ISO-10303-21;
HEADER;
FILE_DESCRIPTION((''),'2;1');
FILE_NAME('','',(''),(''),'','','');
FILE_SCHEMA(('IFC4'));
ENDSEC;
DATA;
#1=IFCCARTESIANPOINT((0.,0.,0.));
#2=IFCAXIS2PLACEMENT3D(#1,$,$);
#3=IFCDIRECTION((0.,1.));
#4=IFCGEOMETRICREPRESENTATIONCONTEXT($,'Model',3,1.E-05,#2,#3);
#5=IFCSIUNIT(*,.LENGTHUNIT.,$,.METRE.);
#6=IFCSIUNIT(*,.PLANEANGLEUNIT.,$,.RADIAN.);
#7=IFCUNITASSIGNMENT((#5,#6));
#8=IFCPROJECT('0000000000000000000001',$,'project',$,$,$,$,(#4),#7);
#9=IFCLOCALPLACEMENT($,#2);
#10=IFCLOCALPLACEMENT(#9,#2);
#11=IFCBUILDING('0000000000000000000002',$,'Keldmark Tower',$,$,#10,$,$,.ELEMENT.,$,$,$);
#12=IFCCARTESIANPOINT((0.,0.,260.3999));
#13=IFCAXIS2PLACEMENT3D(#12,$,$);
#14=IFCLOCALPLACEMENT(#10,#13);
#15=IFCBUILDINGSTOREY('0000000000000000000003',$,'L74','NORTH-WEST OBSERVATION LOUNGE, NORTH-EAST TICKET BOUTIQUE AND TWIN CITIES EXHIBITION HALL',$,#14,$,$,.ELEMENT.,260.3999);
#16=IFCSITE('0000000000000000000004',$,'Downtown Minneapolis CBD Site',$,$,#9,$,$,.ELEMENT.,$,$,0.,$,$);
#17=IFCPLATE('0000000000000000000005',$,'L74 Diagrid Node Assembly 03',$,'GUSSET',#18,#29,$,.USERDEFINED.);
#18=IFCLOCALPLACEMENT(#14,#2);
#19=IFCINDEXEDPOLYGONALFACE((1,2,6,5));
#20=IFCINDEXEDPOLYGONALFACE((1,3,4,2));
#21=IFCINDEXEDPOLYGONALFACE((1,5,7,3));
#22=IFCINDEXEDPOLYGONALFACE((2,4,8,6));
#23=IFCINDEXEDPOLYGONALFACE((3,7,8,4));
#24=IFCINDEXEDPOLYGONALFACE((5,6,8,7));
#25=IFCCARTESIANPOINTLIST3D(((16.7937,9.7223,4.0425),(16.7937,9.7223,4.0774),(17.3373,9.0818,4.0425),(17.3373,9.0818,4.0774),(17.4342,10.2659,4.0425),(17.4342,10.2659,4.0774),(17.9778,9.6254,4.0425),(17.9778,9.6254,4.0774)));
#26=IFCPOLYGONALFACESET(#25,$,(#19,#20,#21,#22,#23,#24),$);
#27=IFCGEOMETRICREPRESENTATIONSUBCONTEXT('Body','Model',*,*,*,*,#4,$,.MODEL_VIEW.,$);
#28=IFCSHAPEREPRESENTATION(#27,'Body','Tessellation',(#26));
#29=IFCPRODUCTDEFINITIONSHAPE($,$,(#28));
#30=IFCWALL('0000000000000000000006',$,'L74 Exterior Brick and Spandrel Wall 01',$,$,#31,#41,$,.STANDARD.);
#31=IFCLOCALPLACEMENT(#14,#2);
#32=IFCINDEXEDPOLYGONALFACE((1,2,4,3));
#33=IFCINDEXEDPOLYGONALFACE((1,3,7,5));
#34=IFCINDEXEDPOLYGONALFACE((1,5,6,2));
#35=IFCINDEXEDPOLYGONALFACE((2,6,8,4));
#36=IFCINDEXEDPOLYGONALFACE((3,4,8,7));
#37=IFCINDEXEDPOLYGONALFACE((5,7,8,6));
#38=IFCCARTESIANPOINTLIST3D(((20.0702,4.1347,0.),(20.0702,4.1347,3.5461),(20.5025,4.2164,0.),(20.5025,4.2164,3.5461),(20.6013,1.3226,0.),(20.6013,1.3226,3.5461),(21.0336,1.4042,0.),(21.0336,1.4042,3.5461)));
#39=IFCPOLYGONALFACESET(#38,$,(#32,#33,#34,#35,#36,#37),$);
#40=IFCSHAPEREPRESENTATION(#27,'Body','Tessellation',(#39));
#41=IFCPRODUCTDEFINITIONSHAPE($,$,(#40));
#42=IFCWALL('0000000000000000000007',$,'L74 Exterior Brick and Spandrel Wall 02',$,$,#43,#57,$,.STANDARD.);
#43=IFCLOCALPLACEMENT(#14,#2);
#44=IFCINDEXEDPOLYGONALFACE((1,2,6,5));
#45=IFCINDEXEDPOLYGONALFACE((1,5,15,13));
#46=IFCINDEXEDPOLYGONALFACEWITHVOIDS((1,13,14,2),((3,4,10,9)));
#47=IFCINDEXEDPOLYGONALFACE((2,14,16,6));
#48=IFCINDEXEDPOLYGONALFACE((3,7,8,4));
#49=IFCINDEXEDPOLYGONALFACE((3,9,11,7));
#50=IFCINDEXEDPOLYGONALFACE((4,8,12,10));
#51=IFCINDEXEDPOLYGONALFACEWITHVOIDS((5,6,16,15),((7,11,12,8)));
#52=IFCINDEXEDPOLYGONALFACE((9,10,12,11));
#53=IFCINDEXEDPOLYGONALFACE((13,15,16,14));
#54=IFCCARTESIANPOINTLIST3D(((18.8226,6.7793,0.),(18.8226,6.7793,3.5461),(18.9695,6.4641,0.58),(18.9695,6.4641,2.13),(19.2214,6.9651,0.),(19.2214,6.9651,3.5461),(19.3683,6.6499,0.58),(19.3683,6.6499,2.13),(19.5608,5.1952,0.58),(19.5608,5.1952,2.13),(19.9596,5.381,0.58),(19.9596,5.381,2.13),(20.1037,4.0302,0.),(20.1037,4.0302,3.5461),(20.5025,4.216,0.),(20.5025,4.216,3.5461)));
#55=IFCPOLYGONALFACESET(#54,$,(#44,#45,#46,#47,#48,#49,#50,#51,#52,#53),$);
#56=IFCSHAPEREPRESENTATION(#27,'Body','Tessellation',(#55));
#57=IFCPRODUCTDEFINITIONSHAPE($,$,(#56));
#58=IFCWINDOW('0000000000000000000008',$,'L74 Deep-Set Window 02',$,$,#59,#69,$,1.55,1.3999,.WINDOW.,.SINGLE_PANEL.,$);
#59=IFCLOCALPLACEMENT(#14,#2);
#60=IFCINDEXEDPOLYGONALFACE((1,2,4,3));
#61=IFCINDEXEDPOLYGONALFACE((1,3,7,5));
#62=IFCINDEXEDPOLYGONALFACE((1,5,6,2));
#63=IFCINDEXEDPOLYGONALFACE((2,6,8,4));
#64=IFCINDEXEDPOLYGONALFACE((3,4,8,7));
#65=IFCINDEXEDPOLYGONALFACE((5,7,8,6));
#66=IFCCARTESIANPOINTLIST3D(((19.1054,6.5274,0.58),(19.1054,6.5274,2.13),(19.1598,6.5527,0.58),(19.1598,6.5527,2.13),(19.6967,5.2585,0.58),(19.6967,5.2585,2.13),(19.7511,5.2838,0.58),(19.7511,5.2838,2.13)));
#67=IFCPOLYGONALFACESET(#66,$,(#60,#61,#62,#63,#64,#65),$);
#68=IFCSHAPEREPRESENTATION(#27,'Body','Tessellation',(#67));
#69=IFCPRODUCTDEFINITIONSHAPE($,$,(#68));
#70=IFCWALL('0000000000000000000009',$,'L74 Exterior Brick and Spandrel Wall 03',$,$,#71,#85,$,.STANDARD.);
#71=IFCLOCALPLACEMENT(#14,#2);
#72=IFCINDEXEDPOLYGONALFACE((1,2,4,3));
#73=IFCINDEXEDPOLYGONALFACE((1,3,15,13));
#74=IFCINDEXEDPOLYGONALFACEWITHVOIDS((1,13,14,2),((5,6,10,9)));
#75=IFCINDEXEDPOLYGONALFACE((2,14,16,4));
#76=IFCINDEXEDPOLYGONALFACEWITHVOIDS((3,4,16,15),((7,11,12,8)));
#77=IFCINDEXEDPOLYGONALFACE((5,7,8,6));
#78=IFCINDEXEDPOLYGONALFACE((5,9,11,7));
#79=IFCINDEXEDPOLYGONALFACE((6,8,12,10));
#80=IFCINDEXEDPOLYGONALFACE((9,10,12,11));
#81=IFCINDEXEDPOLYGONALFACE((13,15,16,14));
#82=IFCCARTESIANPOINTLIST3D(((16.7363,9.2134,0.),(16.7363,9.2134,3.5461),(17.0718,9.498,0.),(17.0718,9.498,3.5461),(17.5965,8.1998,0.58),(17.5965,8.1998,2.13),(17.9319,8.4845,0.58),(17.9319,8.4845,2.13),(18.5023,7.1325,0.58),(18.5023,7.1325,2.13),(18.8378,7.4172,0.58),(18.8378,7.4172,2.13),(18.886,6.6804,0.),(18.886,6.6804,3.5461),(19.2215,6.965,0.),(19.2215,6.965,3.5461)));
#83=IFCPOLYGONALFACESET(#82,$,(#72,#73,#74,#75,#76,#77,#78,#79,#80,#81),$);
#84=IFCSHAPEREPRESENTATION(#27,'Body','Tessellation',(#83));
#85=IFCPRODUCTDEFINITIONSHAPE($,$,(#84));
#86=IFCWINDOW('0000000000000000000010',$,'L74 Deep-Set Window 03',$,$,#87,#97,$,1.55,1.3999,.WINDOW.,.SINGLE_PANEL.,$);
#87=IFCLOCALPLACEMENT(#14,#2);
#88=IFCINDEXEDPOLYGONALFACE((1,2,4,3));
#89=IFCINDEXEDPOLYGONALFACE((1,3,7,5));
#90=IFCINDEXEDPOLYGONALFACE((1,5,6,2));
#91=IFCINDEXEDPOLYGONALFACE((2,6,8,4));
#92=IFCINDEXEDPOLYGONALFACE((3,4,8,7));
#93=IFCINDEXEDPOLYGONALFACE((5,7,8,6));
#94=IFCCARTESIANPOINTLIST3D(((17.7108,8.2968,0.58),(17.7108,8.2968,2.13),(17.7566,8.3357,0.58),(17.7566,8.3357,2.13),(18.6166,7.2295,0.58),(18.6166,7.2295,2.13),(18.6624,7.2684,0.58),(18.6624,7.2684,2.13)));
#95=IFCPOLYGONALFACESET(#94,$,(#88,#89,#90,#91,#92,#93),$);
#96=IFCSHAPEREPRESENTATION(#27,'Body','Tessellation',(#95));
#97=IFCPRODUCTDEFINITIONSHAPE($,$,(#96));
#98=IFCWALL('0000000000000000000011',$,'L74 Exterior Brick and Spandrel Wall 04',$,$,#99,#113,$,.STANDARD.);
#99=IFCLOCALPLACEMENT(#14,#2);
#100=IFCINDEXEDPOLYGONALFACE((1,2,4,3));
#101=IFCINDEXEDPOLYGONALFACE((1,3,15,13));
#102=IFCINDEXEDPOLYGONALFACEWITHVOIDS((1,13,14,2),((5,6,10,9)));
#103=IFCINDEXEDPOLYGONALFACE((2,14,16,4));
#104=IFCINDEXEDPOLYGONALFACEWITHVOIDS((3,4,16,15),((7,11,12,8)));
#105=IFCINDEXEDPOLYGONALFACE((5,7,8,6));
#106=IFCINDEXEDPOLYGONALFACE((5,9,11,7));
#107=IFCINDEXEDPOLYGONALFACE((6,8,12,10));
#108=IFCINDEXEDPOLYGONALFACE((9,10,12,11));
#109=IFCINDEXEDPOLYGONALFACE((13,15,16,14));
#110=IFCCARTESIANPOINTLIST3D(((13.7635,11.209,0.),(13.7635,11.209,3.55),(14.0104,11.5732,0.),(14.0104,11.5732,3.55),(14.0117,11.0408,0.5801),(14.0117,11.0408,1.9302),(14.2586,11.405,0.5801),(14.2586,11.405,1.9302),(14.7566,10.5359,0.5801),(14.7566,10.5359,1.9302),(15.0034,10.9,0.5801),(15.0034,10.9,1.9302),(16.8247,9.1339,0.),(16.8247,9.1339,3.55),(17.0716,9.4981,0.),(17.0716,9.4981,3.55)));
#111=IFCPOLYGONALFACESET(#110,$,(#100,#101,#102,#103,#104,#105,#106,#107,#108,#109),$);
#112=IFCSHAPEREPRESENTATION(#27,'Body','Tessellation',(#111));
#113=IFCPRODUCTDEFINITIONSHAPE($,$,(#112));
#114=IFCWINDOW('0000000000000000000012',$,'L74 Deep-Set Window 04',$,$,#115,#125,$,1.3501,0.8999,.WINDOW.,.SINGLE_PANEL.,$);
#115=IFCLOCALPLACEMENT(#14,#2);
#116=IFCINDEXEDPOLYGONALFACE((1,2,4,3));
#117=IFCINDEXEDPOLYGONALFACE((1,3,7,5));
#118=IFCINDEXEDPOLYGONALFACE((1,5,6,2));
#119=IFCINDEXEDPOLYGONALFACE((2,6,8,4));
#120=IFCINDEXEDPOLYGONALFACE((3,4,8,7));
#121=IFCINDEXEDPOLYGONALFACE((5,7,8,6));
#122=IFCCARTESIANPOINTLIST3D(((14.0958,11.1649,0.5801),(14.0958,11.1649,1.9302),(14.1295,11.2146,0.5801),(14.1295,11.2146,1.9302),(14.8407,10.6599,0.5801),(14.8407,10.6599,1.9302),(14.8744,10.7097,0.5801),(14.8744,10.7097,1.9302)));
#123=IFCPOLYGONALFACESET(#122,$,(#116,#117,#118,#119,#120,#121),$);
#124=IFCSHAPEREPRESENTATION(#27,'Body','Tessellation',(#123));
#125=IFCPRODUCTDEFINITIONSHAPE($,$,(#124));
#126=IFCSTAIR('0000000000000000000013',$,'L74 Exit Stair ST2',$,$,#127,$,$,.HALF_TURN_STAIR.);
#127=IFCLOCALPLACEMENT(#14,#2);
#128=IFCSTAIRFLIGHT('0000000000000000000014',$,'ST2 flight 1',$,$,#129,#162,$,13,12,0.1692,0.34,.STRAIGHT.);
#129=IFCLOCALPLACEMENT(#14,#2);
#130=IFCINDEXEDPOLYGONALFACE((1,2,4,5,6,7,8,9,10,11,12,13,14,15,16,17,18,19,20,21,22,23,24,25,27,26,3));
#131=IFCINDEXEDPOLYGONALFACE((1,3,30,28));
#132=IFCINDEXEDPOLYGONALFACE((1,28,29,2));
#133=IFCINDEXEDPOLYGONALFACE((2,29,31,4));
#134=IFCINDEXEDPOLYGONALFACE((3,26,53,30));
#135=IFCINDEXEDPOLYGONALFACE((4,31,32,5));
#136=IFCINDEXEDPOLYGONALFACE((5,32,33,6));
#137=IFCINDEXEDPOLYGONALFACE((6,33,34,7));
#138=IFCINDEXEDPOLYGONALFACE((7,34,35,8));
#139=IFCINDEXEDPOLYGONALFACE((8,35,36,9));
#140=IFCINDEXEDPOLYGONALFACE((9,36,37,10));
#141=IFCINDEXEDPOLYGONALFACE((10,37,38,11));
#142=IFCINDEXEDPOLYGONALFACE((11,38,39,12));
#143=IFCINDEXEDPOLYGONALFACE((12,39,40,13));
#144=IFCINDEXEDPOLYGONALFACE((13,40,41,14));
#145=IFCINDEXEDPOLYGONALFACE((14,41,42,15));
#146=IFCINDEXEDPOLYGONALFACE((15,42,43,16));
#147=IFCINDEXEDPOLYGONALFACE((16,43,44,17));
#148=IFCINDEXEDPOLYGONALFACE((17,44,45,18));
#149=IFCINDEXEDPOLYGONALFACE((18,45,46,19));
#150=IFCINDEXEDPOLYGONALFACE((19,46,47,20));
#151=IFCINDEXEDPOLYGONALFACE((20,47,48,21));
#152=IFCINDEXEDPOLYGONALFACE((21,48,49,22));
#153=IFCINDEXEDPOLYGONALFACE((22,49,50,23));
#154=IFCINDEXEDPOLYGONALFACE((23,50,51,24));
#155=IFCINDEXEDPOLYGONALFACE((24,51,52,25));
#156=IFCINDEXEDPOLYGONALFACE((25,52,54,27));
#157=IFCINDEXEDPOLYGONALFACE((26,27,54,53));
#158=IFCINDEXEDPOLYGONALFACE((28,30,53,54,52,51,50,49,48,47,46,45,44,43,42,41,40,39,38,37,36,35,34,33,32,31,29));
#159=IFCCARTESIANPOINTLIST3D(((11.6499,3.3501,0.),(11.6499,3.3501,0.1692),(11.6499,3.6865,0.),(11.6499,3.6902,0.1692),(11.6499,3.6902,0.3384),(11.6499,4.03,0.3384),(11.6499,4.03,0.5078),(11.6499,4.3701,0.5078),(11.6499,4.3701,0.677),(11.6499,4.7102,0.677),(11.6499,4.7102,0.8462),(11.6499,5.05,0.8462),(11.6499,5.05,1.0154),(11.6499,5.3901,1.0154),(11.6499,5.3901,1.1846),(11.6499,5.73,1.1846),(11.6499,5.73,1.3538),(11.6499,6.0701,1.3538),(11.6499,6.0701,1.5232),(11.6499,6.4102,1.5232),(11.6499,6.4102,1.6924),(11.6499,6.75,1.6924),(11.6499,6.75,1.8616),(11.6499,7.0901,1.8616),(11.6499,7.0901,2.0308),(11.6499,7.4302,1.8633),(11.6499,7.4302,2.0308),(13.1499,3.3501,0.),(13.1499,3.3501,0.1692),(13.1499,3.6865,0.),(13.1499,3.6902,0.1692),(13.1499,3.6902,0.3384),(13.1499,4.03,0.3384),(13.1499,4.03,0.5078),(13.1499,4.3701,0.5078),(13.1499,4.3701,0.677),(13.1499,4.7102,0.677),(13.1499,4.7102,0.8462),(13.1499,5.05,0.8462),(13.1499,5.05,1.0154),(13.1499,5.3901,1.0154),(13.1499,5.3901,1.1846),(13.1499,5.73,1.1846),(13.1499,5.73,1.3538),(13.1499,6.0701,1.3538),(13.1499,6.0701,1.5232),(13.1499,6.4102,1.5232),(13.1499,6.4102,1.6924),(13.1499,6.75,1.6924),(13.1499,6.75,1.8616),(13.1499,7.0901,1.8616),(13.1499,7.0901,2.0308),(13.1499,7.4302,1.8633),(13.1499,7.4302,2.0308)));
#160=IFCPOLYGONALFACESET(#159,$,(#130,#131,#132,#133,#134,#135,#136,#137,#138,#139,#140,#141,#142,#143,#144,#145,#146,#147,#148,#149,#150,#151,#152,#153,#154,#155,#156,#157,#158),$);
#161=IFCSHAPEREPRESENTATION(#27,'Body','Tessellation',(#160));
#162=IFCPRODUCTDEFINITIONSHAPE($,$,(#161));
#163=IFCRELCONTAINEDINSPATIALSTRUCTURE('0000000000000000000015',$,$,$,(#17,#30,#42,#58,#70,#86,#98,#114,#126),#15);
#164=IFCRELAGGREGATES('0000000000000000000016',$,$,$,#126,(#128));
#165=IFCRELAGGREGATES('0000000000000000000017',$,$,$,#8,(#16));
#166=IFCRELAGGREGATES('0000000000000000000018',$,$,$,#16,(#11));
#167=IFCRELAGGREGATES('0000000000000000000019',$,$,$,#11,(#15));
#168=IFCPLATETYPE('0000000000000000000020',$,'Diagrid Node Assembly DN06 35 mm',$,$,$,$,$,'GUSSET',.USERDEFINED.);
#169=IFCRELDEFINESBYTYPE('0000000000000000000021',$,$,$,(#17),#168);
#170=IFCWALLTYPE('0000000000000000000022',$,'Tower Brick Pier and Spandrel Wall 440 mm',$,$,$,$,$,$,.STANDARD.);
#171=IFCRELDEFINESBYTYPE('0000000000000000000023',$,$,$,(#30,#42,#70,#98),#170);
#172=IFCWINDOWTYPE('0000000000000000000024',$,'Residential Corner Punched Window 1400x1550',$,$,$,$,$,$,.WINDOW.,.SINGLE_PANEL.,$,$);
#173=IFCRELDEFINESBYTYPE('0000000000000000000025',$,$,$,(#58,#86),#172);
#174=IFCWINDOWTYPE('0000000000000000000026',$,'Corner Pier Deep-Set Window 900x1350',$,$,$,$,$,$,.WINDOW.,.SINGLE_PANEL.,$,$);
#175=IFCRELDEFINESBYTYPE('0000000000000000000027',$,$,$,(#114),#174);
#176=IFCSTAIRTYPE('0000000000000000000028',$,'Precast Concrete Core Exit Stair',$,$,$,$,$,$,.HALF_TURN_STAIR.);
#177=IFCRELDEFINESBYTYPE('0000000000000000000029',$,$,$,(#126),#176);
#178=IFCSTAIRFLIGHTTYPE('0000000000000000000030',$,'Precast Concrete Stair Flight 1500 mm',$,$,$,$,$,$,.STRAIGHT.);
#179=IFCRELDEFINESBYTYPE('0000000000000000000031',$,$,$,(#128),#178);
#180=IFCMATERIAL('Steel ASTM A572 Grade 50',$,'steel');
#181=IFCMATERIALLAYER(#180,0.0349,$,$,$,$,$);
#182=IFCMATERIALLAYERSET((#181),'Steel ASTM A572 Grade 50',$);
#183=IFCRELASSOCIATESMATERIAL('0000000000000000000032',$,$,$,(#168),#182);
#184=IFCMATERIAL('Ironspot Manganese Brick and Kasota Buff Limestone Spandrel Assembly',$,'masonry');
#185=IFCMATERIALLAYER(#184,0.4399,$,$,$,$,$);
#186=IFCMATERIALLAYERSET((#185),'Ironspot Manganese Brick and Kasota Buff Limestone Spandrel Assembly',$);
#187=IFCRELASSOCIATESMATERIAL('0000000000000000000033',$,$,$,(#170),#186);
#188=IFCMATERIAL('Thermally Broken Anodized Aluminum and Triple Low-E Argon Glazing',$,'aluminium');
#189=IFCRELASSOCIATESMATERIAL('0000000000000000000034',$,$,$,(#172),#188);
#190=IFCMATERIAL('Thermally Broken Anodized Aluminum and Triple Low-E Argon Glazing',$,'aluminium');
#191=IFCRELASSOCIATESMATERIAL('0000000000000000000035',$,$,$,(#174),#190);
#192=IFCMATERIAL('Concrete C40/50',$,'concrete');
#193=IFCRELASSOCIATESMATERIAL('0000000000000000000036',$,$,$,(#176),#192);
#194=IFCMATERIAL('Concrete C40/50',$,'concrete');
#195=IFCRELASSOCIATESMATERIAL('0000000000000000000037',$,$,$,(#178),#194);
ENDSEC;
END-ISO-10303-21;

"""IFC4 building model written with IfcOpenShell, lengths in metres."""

from ifc_helpers import new_model, si_unit, direction, frame, frame_2d, origin, origin_2d, place, context, subcontext, project, spatial, polyline, rectangle, outline, extrude, material, layer, layer_set, type_object, element, fill, aggregate, save


model = new_model("IFC4")

# Units and contexts
model_context = context("Model", 3, precision=1e-05, world=origin(), true_north=direction((0.0, 1.0)))
body_context = subcontext(model_context, "Body", "Model", "MODEL_VIEW")
ifc_project = project(units=[si_unit("LENGTHUNIT", "METRE"), si_unit("PLANEANGLEUNIT", "RADIAN")], contexts=[model_context])

# Site, building, storey
site_placement = place(None, origin())
site = spatial("IfcSite", under=ifc_project, at=site_placement, Name="Downtown Minneapolis CBD Site", CompositionType="ELEMENT", RefElevation=0.0)
building_placement = place(site_placement, origin())
building = spatial("IfcBuilding", under=site, at=building_placement, Name="Keldmark Tower", CompositionType="ELEMENT")
storey_placement = place(building_placement, frame((0.0, 0.0, 260.3999)))
storey = spatial("IfcBuildingStorey", under=building, at=storey_placement, Name="L74", Description="NORTH-WEST OBSERVATION LOUNGE, NORTH-EAST TICKET BOUTIQUE AND TWIN CITIES EXHIBITION HALL", CompositionType="ELEMENT", Elevation=260.3999)

# Plate
ifc_material_1 = material(Name="Steel ASTM A572 Grade 50", Category="steel")
ifc_layer_1 = layer(ifc_material_1, 0.0349)
ifc_layer_set_1 = layer_set([ifc_layer_1], Name="Steel ASTM A572 Grade 50")
plate_type_1 = type_object("IfcPlateType", Name="Diagrid Node Assembly DN06 35 mm", ElementType="GUSSET", PredefinedType="USERDEFINED", material=ifc_layer_set_1)
for number, where, z_axis, x_axis, name in (
    (1, (17.3857, 9.6738, 4.0425), (0.0, 0.0, 1.0), (-0.647056, 0.762443, 0.0), "L74 Diagrid Node Assembly 03"),
):
    element("IfcPlate", number, at=place(storey_placement, frame(where, z_axis=z_axis, x_axis=x_axis)), inside=storey, type_object=plate_type_1, Name=name, ObjectType="GUSSET", PredefinedType="USERDEFINED", context=body_context, shape_type="SweptSolid", body=[
        extrude(rectangle(XDim=0.8401, YDim=0.8401, at=origin_2d()), origin(), (0.0, 0.0, 1.0), 0.0349),
    ])

# Wall
ifc_material_2 = material(Name="Ironspot Manganese Brick and Kasota Buff Limestone Spandrel Assembly", Category="masonry")
ifc_layer_2 = layer(ifc_material_2, 0.4399)
ifc_layer_set_2 = layer_set([ifc_layer_2], Name="Ironspot Manganese Brick and Kasota Buff Limestone Spandrel Assembly")
wall_type = type_object("IfcWallType", Name="Tower Brick Pier and Spandrel Wall 440 mm", PredefinedType="STANDARD", material=ifc_layer_set_2)
wall_1_placement = place(storey_placement, frame((20.2864, 4.1755, 0.0), z_axis=(0.0, 0.0, 1.0), x_axis=(0.185556, -0.982634, 0.0)))
element("IfcWall", 2, at=wall_1_placement, inside=storey, type_object=wall_type, Name="L74 Exterior Brick and Spandrel Wall 01", PredefinedType="STANDARD", context=body_context, shape_type="SweptSolid", body=[
    extrude(rectangle(XDim=2.8618, YDim=0.4399, at=frame_2d((1.4309, 0.0))), origin(), (0.0, 0.0, 1.0), 3.5461),
])

# Walls, openings, windows
wall_2_placement = place(storey_placement, frame((19.022, 6.8723, 0.0), z_axis=(0.0, 0.0, 1.0), x_axis=(0.422379, -0.90642, 0.0)))
wall_2 = element("IfcWall", 3, at=wall_2_placement, inside=storey, type_object=wall_type, Name="L74 Exterior Brick and Spandrel Wall 02", PredefinedType="STANDARD", context=body_context, shape_type="SweptSolid", body=[
    extrude(rectangle(XDim=3.033, YDim=0.4399, at=frame_2d((1.5166, 0.0))), origin(), (0.0, 0.0, 1.0), 3.5461),
])
opening_1_placement = place(wall_2_placement, frame((0.3479, 0.0, 0.5801)))
opening_1 = element("IfcOpeningElement", 4, at=opening_1_placement, cuts=wall_2, PredefinedType="OPENING", context=body_context, shape_type="SweptSolid", body=[
    extrude(rectangle(XDim=1.3999, YDim=1.55, at=frame_2d((0.7, 0.7749))), frame((0.0, 0.23, 0.0), z_axis=(0.0, -1.0, 0.0), x_axis=(1.0, 0.0, 0.0)), (0.0, 0.0, 1.0), 0.46),
])
ifc_material_3 = material(Name="Thermally Broken Anodized Aluminum and Triple Low-E Argon Glazing", Category="aluminium")
window_type_1 = type_object("IfcWindowType", Name="Residential Corner Punched Window 1400x1550", PartitioningType="SINGLE_PANEL", PredefinedType="WINDOW", material=ifc_material_3)
window_1_placement = place(opening_1_placement, origin())
window_1 = element("IfcWindow", 5, at=window_1_placement, inside=storey, type_object=window_type_1, Name="L74 Deep-Set Window 02", OverallHeight=1.55, OverallWidth=1.3999, PartitioningType="SINGLE_PANEL", PredefinedType="WINDOW", context=body_context, shape_type="SweptSolid", body=[
    extrude(rectangle(XDim=1.3999, YDim=1.55, at=frame_2d((0.7, 0.7749))), frame((0.0, -0.01, 0.0), z_axis=(0.0, -1.0, 0.0), x_axis=(1.0, 0.0, 0.0)), (0.0, 0.0, 1.0), 0.0601),
])
fill(opening_1, window_1)
wall_3_placement = place(storey_placement, frame((16.9041, 9.3557, 0.0), z_axis=(0.0, 0.0, 1.0), x_axis=(0.647062, -0.762438, 0.0)))
wall_3 = element("IfcWall", 6, at=wall_3_placement, inside=storey, type_object=wall_type, Name="L74 Exterior Brick and Spandrel Wall 03", PredefinedType="STANDARD", context=body_context, shape_type="SweptSolid", body=[
    extrude(rectangle(XDim=3.3223, YDim=0.4399, at=frame_2d((1.6611, 0.0))), origin(), (0.0, 0.0, 1.0), 3.5461),
])
opening_2_placement = place(wall_3_placement, frame((1.3293, 0.0, 0.5801)))
opening_2 = element("IfcOpeningElement", 7, at=opening_2_placement, cuts=wall_3, PredefinedType="OPENING", context=body_context, shape_type="SweptSolid", body=[
    extrude(rectangle(XDim=1.3999, YDim=1.55, at=frame_2d((0.7, 0.7749))), frame((0.0, 0.23, 0.0), z_axis=(0.0, -1.0, 0.0), x_axis=(1.0, 0.0, 0.0)), (0.0, 0.0, 1.0), 0.46),
])
window_2_placement = place(opening_2_placement, origin())
window_2 = element("IfcWindow", 8, at=window_2_placement, inside=storey, type_object=window_type_1, Name="L74 Deep-Set Window 03", OverallHeight=1.55, OverallWidth=1.3999, PartitioningType="SINGLE_PANEL", PredefinedType="WINDOW", context=body_context, shape_type="SweptSolid", body=[
    extrude(rectangle(XDim=1.3999, YDim=1.55, at=frame_2d((0.7, 0.7749))), frame((0.0, -0.01, 0.0), z_axis=(0.0, -1.0, 0.0), x_axis=(1.0, 0.0, 0.0)), (0.0, 0.0, 1.0), 0.0601),
])
fill(opening_2, window_2)
wall_4_placement = place(storey_placement, frame((13.887, 11.3911, 0.0), z_axis=(0.0, 0.0, 1.0), x_axis=(0.82774, -0.561112, 0.0)))
wall_4 = element("IfcWall", 9, at=wall_4_placement, inside=storey, type_object=wall_type, Name="L74 Exterior Brick and Spandrel Wall 04", PredefinedType="STANDARD", context=body_context, shape_type="SweptSolid", body=[
    extrude(rectangle(XDim=3.6982, YDim=0.4399, at=frame_2d((1.8491, 0.0))), origin(), (0.0, 0.0, 1.0), 3.55),
])
opening_3_placement = place(wall_4_placement, frame((0.2998, 0.0, 0.5801)))
opening_3 = element("IfcOpeningElement", 10, at=opening_3_placement, cuts=wall_4, PredefinedType="OPENING", context=body_context, shape_type="SweptSolid", body=[
    extrude(rectangle(XDim=0.8999, YDim=1.3501, at=frame_2d((0.45, 0.675))), frame((0.0, 0.23, 0.0), z_axis=(0.0, -1.0, 0.0), x_axis=(1.0, 0.0, 0.0)), (0.0, 0.0, 1.0), 0.46),
])
ifc_material_4 = material(Name="Thermally Broken Anodized Aluminum and Triple Low-E Argon Glazing", Category="aluminium")
window_type_2 = type_object("IfcWindowType", Name="Corner Pier Deep-Set Window 900x1350", PartitioningType="SINGLE_PANEL", PredefinedType="WINDOW", material=ifc_material_4)
window_3_placement = place(opening_3_placement, origin())
window_3 = element("IfcWindow", 11, at=window_3_placement, inside=storey, type_object=window_type_2, Name="L74 Deep-Set Window 04", OverallHeight=1.3501, OverallWidth=0.8999, PartitioningType="SINGLE_PANEL", PredefinedType="WINDOW", context=body_context, shape_type="SweptSolid", body=[
    extrude(rectangle(XDim=0.8999, YDim=1.3501, at=frame_2d((0.45, 0.675))), frame((0.0, -0.01, 0.0), z_axis=(0.0, -1.0, 0.0), x_axis=(1.0, 0.0, 0.0)), (0.0, 0.0, 1.0), 0.0601),
])
fill(opening_3, window_3)

# Stair, stair flight
ifc_material_5 = material(Name="Concrete C40/50", Category="concrete")
stair_type = type_object("IfcStairType", Name="Precast Concrete Core Exit Stair", PredefinedType="HALF_TURN_STAIR", material=ifc_material_5)
stair_placement = place(storey_placement, origin())
stair = element("IfcStair", 12, at=stair_placement, inside=storey, type_object=stair_type, Name="L74 Exit Stair ST2", PredefinedType="HALF_TURN_STAIR")
ifc_material_6 = material(Name="Concrete C40/50", Category="concrete")
stair_flight_type = type_object("IfcStairFlightType", Name="Precast Concrete Stair Flight 1500 mm", PredefinedType="STRAIGHT", material=ifc_material_6)
stair_flight_1_placement = place(storey_placement, frame((12.3999, 3.3501, 0.0), z_axis=(0.0, 0.0, 1.0), x_axis=(0.0, 1.0, 0.0)))
stair_flight_1 = element("IfcStairFlight", 13, at=stair_flight_1_placement, type_object=stair_flight_type, Name="ST2 flight 1", NumberOfRisers=13, NumberOfTreads=12, PredefinedType="STRAIGHT", RiserHeight=0.1692, TreadLength=0.34, context=body_context, shape_type="SweptSolid", body=[
    extrude(outline(polyline([(0.0, 0.0), (0.0, 0.1692), (0.3401, 0.1692), (0.3401, 0.3384), (0.6799, 0.3384), (0.6799, 0.5078), (1.02, 0.5078), (1.02, 0.677), (1.3601, 0.677), (1.3601, 0.8462), (1.7, 0.8462), (1.7, 1.0154), (2.04, 1.0154), (2.04, 1.1846), (2.3799, 1.1846), (2.3799, 1.3538), (2.72, 1.3538), (2.72, 1.5232), (3.0601, 1.5232), (3.0601, 1.6924), (3.3999, 1.6924), (3.3999, 1.8616), (3.74, 1.8616), (3.74, 2.0308), (4.0801, 2.0308), (4.0801, 2.2), (4.0801, 1.8633), (0.3364, 0.0), (0.0, 0.0)])), frame((0.0, 0.75, 0.0), z_axis=(0.0, -1.0, 0.0), x_axis=(1.0, 0.0, 0.0)), (0.0, 0.0, 1.0), 1.5),
])
aggregate(stair, [stair_flight_1])

save(model, "model.ifc")
